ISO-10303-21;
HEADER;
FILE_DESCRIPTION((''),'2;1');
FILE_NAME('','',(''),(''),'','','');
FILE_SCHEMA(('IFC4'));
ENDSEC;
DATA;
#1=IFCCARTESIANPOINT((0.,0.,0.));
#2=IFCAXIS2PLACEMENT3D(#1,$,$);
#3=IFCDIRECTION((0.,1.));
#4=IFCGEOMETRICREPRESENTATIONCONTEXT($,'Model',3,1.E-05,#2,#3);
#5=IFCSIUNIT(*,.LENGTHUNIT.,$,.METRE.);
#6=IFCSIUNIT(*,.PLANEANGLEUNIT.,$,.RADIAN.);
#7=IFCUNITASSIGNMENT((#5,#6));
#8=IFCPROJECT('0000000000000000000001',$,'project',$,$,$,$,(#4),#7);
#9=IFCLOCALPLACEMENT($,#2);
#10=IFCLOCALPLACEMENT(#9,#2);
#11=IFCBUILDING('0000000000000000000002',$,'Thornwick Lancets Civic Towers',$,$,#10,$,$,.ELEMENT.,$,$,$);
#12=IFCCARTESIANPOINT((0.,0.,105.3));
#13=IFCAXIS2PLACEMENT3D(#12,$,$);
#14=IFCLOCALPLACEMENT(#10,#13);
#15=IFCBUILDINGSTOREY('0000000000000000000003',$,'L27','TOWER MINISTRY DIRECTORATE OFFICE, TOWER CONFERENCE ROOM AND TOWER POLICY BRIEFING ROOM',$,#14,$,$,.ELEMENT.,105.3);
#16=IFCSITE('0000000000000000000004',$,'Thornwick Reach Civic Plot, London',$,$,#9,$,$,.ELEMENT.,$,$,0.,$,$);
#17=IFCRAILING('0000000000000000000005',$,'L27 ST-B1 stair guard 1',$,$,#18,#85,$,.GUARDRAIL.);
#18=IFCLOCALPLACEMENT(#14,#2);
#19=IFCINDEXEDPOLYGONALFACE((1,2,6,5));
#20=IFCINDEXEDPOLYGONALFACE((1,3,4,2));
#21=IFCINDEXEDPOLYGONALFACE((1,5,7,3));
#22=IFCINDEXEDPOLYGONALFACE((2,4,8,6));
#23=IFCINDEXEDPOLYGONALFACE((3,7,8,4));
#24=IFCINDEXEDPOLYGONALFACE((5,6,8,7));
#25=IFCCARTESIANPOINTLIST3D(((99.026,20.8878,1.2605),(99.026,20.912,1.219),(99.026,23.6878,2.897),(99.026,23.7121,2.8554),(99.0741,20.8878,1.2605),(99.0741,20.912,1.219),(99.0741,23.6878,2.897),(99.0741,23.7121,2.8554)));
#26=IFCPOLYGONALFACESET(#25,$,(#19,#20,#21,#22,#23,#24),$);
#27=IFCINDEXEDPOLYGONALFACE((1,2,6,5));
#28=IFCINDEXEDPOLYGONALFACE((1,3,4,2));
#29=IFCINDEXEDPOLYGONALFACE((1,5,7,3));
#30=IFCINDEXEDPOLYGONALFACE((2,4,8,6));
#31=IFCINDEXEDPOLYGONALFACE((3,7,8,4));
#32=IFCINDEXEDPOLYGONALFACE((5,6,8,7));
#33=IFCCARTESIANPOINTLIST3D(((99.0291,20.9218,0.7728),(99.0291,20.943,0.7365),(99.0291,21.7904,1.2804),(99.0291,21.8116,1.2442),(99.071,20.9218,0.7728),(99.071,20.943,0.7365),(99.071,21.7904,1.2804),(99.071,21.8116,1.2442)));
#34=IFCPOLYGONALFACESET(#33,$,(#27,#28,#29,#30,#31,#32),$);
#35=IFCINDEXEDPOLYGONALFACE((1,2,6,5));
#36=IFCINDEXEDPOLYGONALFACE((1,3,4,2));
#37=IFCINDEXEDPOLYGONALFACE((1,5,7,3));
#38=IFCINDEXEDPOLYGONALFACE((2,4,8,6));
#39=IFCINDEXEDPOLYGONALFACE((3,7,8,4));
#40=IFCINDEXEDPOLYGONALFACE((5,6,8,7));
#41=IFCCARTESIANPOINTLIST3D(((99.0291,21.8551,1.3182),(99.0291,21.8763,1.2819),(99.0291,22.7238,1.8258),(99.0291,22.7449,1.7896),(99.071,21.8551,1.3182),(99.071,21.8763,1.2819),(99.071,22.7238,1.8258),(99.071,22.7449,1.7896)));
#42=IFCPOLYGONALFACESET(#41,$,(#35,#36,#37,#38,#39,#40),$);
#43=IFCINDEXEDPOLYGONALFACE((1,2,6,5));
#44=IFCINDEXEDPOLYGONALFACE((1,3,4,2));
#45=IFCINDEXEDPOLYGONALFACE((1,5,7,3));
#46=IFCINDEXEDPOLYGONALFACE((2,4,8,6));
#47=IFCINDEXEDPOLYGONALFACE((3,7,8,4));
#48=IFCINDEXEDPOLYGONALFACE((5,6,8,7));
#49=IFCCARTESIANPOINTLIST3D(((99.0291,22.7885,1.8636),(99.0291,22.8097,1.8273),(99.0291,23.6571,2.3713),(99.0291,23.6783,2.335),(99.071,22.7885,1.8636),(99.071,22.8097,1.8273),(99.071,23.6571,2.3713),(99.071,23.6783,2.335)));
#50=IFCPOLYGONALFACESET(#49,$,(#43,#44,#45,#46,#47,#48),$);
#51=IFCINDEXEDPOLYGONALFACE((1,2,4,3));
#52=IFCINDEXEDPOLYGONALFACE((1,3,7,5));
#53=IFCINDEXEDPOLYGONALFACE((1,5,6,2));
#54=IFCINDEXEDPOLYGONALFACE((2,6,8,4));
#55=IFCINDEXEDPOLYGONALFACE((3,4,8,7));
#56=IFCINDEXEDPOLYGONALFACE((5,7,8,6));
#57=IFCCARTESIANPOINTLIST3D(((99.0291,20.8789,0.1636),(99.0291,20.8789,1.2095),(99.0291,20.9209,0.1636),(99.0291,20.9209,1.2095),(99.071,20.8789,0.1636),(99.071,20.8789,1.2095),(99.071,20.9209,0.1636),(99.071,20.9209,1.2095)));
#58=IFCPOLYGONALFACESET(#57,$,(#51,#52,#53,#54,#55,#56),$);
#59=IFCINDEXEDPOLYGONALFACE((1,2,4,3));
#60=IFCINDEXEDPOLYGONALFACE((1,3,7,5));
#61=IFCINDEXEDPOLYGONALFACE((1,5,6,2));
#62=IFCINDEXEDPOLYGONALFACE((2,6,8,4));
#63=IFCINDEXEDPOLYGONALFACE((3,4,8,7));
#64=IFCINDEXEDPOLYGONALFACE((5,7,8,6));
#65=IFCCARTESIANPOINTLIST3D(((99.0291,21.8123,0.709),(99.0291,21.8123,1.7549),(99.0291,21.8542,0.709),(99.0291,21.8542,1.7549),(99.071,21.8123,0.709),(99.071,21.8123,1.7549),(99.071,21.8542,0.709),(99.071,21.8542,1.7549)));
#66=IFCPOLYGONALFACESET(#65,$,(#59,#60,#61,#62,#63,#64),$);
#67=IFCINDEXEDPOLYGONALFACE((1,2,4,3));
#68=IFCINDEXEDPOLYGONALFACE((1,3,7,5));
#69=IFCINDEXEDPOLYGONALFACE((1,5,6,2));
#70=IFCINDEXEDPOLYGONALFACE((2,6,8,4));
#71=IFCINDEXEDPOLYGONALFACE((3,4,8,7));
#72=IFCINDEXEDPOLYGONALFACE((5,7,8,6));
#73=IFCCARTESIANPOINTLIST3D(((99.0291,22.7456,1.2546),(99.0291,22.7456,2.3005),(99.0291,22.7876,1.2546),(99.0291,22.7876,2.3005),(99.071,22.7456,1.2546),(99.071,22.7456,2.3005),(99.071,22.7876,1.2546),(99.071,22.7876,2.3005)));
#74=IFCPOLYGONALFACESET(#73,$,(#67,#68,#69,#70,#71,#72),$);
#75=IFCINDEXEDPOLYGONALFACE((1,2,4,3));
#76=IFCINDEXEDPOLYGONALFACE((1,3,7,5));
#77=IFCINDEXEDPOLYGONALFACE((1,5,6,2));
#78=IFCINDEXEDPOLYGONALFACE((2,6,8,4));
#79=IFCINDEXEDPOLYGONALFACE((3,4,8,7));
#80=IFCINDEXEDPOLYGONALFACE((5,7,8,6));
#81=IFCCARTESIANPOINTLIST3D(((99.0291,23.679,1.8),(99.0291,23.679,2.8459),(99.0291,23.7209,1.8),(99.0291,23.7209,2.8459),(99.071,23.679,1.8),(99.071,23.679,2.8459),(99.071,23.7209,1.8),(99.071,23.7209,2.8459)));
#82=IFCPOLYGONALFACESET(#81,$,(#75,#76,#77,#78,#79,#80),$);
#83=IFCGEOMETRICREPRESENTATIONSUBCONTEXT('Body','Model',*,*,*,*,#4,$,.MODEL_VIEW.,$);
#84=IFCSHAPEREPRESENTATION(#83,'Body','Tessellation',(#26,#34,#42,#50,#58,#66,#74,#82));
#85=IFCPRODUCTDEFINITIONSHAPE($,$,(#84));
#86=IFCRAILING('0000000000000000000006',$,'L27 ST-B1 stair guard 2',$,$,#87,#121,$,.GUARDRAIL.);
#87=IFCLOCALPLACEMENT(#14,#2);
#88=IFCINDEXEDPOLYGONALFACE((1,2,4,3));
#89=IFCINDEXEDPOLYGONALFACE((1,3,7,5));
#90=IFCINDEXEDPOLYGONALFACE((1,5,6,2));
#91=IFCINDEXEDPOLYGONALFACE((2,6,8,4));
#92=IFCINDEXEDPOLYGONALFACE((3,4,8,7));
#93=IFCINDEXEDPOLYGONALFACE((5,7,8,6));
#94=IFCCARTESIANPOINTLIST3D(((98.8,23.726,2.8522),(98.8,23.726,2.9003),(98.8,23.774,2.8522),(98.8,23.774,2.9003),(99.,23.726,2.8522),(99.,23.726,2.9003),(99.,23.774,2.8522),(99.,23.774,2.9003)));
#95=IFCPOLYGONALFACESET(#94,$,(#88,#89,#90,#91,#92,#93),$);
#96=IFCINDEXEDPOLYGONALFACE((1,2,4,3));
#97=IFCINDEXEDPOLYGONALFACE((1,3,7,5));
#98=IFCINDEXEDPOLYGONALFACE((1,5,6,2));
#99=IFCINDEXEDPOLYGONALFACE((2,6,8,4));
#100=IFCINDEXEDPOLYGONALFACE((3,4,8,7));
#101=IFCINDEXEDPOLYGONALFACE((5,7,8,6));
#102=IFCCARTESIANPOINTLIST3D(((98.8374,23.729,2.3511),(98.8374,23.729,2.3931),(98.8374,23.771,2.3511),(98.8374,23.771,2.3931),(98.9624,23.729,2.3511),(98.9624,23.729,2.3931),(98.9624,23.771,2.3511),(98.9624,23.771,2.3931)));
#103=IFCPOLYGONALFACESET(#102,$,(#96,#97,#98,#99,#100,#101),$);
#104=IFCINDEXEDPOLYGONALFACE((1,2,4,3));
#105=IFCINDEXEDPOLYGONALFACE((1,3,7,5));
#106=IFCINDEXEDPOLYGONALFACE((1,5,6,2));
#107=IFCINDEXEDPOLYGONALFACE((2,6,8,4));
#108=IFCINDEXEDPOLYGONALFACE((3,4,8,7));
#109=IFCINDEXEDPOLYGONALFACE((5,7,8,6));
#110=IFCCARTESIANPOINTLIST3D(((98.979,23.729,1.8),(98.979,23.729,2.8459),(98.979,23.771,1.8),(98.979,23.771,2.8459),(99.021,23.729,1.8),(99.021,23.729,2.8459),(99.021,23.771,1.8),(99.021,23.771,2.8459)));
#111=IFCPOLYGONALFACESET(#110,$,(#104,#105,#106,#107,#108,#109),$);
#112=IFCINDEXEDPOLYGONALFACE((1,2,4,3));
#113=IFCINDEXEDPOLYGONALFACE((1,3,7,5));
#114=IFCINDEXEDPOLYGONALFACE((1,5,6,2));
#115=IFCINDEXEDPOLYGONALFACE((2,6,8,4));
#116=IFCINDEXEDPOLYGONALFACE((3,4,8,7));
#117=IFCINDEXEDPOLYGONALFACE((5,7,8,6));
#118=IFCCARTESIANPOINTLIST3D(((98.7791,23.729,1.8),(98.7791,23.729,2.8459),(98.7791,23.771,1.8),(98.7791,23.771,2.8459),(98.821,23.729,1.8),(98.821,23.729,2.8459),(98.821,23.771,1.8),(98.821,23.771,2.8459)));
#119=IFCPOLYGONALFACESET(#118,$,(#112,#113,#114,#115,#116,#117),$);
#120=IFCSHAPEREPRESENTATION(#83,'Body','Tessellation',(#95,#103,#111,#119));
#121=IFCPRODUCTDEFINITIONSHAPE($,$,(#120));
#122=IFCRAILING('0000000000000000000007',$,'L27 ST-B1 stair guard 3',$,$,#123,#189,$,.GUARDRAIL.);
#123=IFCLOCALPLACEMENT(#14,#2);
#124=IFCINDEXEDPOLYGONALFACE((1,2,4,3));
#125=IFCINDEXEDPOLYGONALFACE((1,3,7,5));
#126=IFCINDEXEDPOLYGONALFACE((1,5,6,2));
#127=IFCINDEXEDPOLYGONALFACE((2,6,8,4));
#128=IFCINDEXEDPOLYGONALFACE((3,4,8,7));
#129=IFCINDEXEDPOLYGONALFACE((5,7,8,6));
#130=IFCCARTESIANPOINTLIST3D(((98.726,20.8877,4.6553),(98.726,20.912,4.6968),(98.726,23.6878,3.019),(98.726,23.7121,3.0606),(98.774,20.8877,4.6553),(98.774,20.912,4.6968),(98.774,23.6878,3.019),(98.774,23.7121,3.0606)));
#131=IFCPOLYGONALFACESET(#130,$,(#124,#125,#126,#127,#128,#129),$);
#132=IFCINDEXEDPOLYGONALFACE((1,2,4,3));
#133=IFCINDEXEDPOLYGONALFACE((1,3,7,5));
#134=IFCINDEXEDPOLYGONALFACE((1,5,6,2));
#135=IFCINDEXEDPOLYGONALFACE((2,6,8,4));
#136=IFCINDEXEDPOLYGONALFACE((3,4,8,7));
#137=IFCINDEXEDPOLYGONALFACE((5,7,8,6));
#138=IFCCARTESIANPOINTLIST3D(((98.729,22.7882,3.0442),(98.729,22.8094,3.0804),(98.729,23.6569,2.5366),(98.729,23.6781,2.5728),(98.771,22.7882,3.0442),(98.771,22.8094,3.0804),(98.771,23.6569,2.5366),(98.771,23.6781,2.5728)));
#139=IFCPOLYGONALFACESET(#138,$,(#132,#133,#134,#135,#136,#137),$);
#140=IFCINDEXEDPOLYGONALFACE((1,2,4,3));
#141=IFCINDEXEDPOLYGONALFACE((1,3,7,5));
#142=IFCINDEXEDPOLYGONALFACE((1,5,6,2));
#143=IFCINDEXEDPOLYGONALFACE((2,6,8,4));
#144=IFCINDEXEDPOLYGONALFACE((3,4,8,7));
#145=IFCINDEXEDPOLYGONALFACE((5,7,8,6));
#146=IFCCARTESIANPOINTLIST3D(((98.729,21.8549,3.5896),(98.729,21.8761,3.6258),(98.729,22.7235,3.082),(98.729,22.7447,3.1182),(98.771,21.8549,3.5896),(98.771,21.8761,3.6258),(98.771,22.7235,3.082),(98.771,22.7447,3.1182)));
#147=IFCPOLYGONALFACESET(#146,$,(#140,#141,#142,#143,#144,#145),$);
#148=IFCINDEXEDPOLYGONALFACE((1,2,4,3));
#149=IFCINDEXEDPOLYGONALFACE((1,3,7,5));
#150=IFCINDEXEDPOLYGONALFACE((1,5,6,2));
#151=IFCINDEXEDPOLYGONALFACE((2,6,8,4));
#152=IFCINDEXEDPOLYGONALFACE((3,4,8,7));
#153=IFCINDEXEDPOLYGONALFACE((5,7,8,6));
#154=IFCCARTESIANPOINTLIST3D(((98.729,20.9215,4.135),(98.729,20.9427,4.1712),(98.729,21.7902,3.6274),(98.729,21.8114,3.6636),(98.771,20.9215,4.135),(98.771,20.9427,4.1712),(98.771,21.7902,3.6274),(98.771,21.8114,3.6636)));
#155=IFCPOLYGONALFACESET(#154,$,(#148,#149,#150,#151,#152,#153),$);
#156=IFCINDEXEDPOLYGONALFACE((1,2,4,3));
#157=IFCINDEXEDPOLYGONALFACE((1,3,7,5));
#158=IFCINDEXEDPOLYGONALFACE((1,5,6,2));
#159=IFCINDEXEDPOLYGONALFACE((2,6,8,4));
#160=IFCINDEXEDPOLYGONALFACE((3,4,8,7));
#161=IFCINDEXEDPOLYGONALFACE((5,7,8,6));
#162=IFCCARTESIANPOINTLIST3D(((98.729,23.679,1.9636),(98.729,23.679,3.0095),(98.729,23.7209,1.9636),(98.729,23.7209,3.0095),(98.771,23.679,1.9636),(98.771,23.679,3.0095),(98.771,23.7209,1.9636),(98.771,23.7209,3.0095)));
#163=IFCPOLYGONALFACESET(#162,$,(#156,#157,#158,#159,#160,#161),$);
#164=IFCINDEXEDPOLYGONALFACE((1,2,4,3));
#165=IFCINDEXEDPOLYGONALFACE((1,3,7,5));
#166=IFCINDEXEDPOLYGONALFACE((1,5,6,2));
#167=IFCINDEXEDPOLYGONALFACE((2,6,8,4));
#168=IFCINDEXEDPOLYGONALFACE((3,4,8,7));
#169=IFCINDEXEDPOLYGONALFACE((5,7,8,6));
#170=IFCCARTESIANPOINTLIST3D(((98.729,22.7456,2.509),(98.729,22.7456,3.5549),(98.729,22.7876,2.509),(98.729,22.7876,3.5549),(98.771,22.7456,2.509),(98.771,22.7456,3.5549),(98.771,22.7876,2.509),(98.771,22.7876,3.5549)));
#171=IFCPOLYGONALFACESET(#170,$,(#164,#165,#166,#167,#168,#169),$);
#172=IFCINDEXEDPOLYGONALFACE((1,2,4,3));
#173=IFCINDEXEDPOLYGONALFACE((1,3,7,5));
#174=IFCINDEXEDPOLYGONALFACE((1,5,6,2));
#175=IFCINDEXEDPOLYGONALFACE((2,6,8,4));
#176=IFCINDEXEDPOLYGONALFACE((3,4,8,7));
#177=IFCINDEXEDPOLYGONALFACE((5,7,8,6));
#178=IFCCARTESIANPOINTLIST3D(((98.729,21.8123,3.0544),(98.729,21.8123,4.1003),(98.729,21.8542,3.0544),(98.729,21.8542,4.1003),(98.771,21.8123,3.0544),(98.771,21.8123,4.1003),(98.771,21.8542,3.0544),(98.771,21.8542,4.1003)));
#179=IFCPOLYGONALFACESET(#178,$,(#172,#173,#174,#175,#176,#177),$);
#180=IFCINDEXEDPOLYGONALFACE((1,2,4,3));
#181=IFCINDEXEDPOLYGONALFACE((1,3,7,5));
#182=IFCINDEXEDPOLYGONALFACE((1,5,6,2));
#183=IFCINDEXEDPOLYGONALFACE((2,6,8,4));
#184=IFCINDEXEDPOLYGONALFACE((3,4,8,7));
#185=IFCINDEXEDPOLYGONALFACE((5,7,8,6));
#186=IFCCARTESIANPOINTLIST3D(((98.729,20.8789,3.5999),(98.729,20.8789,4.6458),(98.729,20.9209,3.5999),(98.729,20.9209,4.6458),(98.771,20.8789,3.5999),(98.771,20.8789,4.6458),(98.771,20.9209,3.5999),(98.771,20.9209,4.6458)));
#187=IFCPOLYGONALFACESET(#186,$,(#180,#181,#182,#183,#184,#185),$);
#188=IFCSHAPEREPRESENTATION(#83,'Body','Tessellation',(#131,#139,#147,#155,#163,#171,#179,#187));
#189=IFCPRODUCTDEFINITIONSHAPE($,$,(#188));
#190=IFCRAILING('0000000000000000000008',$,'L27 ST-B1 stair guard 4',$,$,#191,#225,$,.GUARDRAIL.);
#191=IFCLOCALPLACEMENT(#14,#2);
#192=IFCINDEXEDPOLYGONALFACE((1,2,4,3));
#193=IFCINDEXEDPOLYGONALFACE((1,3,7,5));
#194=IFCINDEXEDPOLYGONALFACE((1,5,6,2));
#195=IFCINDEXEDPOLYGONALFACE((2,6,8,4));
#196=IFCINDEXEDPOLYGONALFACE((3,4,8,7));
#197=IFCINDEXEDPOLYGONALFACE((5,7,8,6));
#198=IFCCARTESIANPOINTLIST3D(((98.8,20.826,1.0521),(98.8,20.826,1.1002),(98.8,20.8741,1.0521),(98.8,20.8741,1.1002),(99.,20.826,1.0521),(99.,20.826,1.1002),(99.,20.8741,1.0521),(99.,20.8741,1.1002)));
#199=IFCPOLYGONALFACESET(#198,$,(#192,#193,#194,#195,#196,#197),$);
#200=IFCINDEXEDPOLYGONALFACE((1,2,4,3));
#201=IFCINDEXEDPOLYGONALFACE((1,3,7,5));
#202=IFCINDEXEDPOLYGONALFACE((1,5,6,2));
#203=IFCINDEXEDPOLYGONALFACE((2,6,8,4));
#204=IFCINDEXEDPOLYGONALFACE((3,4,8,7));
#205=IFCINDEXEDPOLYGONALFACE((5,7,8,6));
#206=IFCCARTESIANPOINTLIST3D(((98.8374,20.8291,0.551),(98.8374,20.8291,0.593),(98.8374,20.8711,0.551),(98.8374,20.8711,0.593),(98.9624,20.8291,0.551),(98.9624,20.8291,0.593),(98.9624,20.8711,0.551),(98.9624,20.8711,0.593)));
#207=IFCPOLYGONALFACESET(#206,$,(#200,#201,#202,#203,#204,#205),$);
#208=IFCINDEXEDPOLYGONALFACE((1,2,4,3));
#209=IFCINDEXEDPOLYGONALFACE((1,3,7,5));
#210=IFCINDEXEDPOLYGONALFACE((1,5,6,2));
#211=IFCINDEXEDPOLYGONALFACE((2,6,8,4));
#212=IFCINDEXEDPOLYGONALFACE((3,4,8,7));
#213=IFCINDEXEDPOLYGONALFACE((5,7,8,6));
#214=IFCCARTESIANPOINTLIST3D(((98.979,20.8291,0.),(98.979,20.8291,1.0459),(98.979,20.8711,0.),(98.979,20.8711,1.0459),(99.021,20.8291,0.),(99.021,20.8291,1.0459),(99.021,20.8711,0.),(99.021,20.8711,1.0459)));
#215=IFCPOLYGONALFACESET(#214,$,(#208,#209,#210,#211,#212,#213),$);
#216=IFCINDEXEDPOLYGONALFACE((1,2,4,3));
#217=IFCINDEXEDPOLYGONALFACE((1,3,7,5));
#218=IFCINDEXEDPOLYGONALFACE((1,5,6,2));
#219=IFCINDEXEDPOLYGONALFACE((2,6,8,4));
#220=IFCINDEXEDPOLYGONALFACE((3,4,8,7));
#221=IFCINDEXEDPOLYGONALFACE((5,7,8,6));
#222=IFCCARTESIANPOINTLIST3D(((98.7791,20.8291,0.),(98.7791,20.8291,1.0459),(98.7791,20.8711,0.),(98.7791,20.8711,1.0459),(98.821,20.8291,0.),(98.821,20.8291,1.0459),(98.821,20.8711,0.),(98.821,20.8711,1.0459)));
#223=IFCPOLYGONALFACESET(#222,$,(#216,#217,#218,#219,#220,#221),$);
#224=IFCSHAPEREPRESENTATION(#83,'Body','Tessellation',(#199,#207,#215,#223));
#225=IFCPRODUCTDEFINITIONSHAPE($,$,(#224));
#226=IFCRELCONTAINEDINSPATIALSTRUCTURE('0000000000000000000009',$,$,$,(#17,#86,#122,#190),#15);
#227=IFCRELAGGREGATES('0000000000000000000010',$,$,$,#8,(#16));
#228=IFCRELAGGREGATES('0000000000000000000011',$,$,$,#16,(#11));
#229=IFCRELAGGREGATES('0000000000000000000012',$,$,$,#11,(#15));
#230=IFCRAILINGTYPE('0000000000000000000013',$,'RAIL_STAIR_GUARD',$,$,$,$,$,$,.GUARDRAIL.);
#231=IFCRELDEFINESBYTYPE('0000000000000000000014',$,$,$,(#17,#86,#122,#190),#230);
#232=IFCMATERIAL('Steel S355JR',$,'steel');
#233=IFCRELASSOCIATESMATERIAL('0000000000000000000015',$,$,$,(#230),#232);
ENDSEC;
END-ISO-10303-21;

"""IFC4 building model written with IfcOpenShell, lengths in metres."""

from ifc_helpers import new_model, si_unit, direction, frame, origin, origin_2d, place, context, subcontext, project, spatial, rectangle, extrude, material, type_object, element, save


model = new_model("IFC4")

# Units and contexts
model_context = context("Model", 3, precision=1e-05, world=origin(), true_north=direction((0.0, 1.0)))
body_context = subcontext(model_context, "Body", "Model", "MODEL_VIEW")
ifc_project = project(units=[si_unit("LENGTHUNIT", "METRE"), si_unit("PLANEANGLEUNIT", "RADIAN")], contexts=[model_context])

# Site, building, storey
site_placement = place(None, origin())
site = spatial("IfcSite", under=ifc_project, at=site_placement, Name="Thornwick Reach Civic Plot, London", CompositionType="ELEMENT", RefElevation=0.0)
building_placement = place(site_placement, origin())
building = spatial("IfcBuilding", under=site, at=building_placement, Name="Thornwick Lancets Civic Towers", CompositionType="ELEMENT")
storey_placement = place(building_placement, frame((0.0, 0.0, 105.3)))
storey = spatial("IfcBuildingStorey", under=building, at=storey_placement, Name="L27", Description="TOWER MINISTRY DIRECTORATE OFFICE, TOWER CONFERENCE ROOM AND TOWER POLICY BRIEFING ROOM", CompositionType="ELEMENT", Elevation=105.3)

# Railings
ifc_material_1 = material(Name="Steel S355JR", Category="steel")
railing_type_1 = type_object("IfcRailingType", Name="RAIL_STAIR_GUARD", PredefinedType="GUARDRAIL", material=ifc_material_1)
railing_1_placement = place(storey_placement, frame((99.05, 20.8999, 0.1636)))
element("IfcRailing", 1, at=railing_1_placement, inside=storey, type_object=railing_type_1, Name="L27 ST-B1 stair guard 1", PredefinedType="GUARDRAIL", context=body_context, shape_type="SweptSolid", body=[
    extrude(rectangle(XDim=0.0481, YDim=0.0481, at=origin_2d()), frame((0.0, 0.0, 1.0762), z_axis=(0.0, 0.863361, 0.504587), x_axis=(-1.0, 0.0, 0.0)), (0.0, 0.0, 1.0), 3.2432),
    extrude(rectangle(XDim=0.042, YDim=0.042, at=origin_2d()), frame((0.0, 0.0325, 0.5911), z_axis=(0.0, 0.863361, 0.504587), x_axis=(-1.0, 0.0, 0.0)), (0.0, 0.0, 1.0), 1.0061),
    extrude(rectangle(XDim=0.042, YDim=0.042, at=origin_2d()), frame((0.0, 0.9658, 1.1365), z_axis=(0.0, 0.863361, 0.504587), x_axis=(-1.0, 0.0, 0.0)), (0.0, 0.0, 1.0), 1.0061),
    extrude(rectangle(XDim=0.042, YDim=0.042, at=origin_2d()), frame((0.0, 1.8992, 1.6819), z_axis=(0.0, 0.863361, 0.504587), x_axis=(-1.0, 0.0, 0.0)), (0.0, 0.0, 1.0), 1.0061),
    extrude(rectangle(XDim=0.042, YDim=0.042, at=origin_2d()), origin(), (0.0, 0.0, 1.0), 1.0459),
    extrude(rectangle(XDim=0.042, YDim=0.042, at=origin_2d()), frame((0.0, 0.9333, 0.5454)), (0.0, 0.0, 1.0), 1.0459),
    extrude(rectangle(XDim=0.042, YDim=0.042, at=origin_2d()), frame((0.0, 1.8667, 1.0911)), (0.0, 0.0, 1.0), 1.0459),
    extrude(rectangle(XDim=0.042, YDim=0.042, at=origin_2d()), frame((0.0, 2.8, 1.6365)), (0.0, 0.0, 1.0), 1.0459),
])
railing_2_placement = place(storey_placement, frame((99.0, 23.75, 1.8)))
element("IfcRailing", 2, at=railing_2_placement, inside=storey, type_object=railing_type_1, Name="L27 ST-B1 stair guard 2", PredefinedType="GUARDRAIL", context=body_context, shape_type="SweptSolid", body=[
    extrude(rectangle(XDim=0.0481, YDim=0.0481, at=origin_2d()), frame((0.0, 0.0, 1.0762), z_axis=(-1.0, 0.0, 0.0), x_axis=(0.0, -1.0, 0.0)), (0.0, 0.0, 1.0), 0.2),
    extrude(rectangle(XDim=0.042, YDim=0.042, at=origin_2d()), frame((-0.0376, 0.0, 0.572), z_axis=(-1.0, 0.0, 0.0), x_axis=(0.0, -1.0, 0.0)), (0.0, 0.0, 1.0), 0.125),
    extrude(rectangle(XDim=0.042, YDim=0.042, at=origin_2d()), origin(), (0.0, 0.0, 1.0), 1.0459),
    extrude(rectangle(XDim=0.042, YDim=0.042, at=origin_2d()), frame((-0.2, 0.0, 0.0)), (0.0, 0.0, 1.0), 1.0459),
])
railing_3_placement = place(storey_placement, frame((98.75, 23.7, 1.9636)))
element("IfcRailing", 3, at=railing_3_placement, inside=storey, type_object=railing_type_1, Name="L27 ST-B1 stair guard 3", PredefinedType="GUARDRAIL", context=body_context, shape_type="SweptSolid", body=[
    extrude(rectangle(XDim=0.0481, YDim=0.0481, at=origin_2d()), frame((0.0, 0.0, 1.0762), z_axis=(0.0, -0.863394, 0.504531), x_axis=(1.0, 0.0, 0.0)), (0.0, 0.0, 1.0), 3.2432),
    extrude(rectangle(XDim=0.042, YDim=0.042, at=origin_2d()), frame((0.0, -0.0325, 0.5911), z_axis=(0.0, -0.863394, 0.504531), x_axis=(1.0, 0.0, 0.0)), (0.0, 0.0, 1.0), 1.0061),
    extrude(rectangle(XDim=0.042, YDim=0.042, at=origin_2d()), frame((0.0, -0.9658, 1.1365), z_axis=(0.0, -0.863394, 0.504531), x_axis=(1.0, 0.0, 0.0)), (0.0, 0.0, 1.0), 1.0061),
    extrude(rectangle(XDim=0.042, YDim=0.042, at=origin_2d()), frame((0.0, -1.8992, 1.6819), z_axis=(0.0, -0.863394, 0.504531), x_axis=(1.0, 0.0, 0.0)), (0.0, 0.0, 1.0), 1.0061),
    extrude(rectangle(XDim=0.042, YDim=0.042, at=origin_2d()), origin(), (0.0, 0.0, 1.0), 1.0459),
    extrude(rectangle(XDim=0.042, YDim=0.042, at=origin_2d()), frame((0.0, -0.9333, 0.5454)), (0.0, 0.0, 1.0), 1.0459),
    extrude(rectangle(XDim=0.042, YDim=0.042, at=origin_2d()), frame((0.0, -1.8667, 1.0908)), (0.0, 0.0, 1.0), 1.0459),
    extrude(rectangle(XDim=0.042, YDim=0.042, at=origin_2d()), frame((0.0, -2.8, 1.6362)), (0.0, 0.0, 1.0), 1.0459),
])
railing_4_placement = place(storey_placement, frame((99.0, 20.8501, 0.0)))
element("IfcRailing", 4, at=railing_4_placement, inside=storey, type_object=railing_type_1, Name="L27 ST-B1 stair guard 4", PredefinedType="GUARDRAIL", context=body_context, shape_type="SweptSolid", body=[
    extrude(rectangle(XDim=0.0481, YDim=0.0481, at=origin_2d()), frame((0.0, 0.0, 1.0762), z_axis=(-1.0, 0.0, 0.0), x_axis=(0.0, -1.0, 0.0)), (0.0, 0.0, 1.0), 0.2),
    extrude(rectangle(XDim=0.042, YDim=0.042, at=origin_2d()), frame((-0.0376, 0.0, 0.572), z_axis=(-1.0, 0.0, 0.0), x_axis=(0.0, -1.0, 0.0)), (0.0, 0.0, 1.0), 0.125),
    extrude(rectangle(XDim=0.042, YDim=0.042, at=origin_2d()), origin(), (0.0, 0.0, 1.0), 1.0459),
    extrude(rectangle(XDim=0.042, YDim=0.042, at=origin_2d()), frame((-0.2, 0.0, 0.0)), (0.0, 0.0, 1.0), 1.0459),
])

save(model, "model.ifc")
